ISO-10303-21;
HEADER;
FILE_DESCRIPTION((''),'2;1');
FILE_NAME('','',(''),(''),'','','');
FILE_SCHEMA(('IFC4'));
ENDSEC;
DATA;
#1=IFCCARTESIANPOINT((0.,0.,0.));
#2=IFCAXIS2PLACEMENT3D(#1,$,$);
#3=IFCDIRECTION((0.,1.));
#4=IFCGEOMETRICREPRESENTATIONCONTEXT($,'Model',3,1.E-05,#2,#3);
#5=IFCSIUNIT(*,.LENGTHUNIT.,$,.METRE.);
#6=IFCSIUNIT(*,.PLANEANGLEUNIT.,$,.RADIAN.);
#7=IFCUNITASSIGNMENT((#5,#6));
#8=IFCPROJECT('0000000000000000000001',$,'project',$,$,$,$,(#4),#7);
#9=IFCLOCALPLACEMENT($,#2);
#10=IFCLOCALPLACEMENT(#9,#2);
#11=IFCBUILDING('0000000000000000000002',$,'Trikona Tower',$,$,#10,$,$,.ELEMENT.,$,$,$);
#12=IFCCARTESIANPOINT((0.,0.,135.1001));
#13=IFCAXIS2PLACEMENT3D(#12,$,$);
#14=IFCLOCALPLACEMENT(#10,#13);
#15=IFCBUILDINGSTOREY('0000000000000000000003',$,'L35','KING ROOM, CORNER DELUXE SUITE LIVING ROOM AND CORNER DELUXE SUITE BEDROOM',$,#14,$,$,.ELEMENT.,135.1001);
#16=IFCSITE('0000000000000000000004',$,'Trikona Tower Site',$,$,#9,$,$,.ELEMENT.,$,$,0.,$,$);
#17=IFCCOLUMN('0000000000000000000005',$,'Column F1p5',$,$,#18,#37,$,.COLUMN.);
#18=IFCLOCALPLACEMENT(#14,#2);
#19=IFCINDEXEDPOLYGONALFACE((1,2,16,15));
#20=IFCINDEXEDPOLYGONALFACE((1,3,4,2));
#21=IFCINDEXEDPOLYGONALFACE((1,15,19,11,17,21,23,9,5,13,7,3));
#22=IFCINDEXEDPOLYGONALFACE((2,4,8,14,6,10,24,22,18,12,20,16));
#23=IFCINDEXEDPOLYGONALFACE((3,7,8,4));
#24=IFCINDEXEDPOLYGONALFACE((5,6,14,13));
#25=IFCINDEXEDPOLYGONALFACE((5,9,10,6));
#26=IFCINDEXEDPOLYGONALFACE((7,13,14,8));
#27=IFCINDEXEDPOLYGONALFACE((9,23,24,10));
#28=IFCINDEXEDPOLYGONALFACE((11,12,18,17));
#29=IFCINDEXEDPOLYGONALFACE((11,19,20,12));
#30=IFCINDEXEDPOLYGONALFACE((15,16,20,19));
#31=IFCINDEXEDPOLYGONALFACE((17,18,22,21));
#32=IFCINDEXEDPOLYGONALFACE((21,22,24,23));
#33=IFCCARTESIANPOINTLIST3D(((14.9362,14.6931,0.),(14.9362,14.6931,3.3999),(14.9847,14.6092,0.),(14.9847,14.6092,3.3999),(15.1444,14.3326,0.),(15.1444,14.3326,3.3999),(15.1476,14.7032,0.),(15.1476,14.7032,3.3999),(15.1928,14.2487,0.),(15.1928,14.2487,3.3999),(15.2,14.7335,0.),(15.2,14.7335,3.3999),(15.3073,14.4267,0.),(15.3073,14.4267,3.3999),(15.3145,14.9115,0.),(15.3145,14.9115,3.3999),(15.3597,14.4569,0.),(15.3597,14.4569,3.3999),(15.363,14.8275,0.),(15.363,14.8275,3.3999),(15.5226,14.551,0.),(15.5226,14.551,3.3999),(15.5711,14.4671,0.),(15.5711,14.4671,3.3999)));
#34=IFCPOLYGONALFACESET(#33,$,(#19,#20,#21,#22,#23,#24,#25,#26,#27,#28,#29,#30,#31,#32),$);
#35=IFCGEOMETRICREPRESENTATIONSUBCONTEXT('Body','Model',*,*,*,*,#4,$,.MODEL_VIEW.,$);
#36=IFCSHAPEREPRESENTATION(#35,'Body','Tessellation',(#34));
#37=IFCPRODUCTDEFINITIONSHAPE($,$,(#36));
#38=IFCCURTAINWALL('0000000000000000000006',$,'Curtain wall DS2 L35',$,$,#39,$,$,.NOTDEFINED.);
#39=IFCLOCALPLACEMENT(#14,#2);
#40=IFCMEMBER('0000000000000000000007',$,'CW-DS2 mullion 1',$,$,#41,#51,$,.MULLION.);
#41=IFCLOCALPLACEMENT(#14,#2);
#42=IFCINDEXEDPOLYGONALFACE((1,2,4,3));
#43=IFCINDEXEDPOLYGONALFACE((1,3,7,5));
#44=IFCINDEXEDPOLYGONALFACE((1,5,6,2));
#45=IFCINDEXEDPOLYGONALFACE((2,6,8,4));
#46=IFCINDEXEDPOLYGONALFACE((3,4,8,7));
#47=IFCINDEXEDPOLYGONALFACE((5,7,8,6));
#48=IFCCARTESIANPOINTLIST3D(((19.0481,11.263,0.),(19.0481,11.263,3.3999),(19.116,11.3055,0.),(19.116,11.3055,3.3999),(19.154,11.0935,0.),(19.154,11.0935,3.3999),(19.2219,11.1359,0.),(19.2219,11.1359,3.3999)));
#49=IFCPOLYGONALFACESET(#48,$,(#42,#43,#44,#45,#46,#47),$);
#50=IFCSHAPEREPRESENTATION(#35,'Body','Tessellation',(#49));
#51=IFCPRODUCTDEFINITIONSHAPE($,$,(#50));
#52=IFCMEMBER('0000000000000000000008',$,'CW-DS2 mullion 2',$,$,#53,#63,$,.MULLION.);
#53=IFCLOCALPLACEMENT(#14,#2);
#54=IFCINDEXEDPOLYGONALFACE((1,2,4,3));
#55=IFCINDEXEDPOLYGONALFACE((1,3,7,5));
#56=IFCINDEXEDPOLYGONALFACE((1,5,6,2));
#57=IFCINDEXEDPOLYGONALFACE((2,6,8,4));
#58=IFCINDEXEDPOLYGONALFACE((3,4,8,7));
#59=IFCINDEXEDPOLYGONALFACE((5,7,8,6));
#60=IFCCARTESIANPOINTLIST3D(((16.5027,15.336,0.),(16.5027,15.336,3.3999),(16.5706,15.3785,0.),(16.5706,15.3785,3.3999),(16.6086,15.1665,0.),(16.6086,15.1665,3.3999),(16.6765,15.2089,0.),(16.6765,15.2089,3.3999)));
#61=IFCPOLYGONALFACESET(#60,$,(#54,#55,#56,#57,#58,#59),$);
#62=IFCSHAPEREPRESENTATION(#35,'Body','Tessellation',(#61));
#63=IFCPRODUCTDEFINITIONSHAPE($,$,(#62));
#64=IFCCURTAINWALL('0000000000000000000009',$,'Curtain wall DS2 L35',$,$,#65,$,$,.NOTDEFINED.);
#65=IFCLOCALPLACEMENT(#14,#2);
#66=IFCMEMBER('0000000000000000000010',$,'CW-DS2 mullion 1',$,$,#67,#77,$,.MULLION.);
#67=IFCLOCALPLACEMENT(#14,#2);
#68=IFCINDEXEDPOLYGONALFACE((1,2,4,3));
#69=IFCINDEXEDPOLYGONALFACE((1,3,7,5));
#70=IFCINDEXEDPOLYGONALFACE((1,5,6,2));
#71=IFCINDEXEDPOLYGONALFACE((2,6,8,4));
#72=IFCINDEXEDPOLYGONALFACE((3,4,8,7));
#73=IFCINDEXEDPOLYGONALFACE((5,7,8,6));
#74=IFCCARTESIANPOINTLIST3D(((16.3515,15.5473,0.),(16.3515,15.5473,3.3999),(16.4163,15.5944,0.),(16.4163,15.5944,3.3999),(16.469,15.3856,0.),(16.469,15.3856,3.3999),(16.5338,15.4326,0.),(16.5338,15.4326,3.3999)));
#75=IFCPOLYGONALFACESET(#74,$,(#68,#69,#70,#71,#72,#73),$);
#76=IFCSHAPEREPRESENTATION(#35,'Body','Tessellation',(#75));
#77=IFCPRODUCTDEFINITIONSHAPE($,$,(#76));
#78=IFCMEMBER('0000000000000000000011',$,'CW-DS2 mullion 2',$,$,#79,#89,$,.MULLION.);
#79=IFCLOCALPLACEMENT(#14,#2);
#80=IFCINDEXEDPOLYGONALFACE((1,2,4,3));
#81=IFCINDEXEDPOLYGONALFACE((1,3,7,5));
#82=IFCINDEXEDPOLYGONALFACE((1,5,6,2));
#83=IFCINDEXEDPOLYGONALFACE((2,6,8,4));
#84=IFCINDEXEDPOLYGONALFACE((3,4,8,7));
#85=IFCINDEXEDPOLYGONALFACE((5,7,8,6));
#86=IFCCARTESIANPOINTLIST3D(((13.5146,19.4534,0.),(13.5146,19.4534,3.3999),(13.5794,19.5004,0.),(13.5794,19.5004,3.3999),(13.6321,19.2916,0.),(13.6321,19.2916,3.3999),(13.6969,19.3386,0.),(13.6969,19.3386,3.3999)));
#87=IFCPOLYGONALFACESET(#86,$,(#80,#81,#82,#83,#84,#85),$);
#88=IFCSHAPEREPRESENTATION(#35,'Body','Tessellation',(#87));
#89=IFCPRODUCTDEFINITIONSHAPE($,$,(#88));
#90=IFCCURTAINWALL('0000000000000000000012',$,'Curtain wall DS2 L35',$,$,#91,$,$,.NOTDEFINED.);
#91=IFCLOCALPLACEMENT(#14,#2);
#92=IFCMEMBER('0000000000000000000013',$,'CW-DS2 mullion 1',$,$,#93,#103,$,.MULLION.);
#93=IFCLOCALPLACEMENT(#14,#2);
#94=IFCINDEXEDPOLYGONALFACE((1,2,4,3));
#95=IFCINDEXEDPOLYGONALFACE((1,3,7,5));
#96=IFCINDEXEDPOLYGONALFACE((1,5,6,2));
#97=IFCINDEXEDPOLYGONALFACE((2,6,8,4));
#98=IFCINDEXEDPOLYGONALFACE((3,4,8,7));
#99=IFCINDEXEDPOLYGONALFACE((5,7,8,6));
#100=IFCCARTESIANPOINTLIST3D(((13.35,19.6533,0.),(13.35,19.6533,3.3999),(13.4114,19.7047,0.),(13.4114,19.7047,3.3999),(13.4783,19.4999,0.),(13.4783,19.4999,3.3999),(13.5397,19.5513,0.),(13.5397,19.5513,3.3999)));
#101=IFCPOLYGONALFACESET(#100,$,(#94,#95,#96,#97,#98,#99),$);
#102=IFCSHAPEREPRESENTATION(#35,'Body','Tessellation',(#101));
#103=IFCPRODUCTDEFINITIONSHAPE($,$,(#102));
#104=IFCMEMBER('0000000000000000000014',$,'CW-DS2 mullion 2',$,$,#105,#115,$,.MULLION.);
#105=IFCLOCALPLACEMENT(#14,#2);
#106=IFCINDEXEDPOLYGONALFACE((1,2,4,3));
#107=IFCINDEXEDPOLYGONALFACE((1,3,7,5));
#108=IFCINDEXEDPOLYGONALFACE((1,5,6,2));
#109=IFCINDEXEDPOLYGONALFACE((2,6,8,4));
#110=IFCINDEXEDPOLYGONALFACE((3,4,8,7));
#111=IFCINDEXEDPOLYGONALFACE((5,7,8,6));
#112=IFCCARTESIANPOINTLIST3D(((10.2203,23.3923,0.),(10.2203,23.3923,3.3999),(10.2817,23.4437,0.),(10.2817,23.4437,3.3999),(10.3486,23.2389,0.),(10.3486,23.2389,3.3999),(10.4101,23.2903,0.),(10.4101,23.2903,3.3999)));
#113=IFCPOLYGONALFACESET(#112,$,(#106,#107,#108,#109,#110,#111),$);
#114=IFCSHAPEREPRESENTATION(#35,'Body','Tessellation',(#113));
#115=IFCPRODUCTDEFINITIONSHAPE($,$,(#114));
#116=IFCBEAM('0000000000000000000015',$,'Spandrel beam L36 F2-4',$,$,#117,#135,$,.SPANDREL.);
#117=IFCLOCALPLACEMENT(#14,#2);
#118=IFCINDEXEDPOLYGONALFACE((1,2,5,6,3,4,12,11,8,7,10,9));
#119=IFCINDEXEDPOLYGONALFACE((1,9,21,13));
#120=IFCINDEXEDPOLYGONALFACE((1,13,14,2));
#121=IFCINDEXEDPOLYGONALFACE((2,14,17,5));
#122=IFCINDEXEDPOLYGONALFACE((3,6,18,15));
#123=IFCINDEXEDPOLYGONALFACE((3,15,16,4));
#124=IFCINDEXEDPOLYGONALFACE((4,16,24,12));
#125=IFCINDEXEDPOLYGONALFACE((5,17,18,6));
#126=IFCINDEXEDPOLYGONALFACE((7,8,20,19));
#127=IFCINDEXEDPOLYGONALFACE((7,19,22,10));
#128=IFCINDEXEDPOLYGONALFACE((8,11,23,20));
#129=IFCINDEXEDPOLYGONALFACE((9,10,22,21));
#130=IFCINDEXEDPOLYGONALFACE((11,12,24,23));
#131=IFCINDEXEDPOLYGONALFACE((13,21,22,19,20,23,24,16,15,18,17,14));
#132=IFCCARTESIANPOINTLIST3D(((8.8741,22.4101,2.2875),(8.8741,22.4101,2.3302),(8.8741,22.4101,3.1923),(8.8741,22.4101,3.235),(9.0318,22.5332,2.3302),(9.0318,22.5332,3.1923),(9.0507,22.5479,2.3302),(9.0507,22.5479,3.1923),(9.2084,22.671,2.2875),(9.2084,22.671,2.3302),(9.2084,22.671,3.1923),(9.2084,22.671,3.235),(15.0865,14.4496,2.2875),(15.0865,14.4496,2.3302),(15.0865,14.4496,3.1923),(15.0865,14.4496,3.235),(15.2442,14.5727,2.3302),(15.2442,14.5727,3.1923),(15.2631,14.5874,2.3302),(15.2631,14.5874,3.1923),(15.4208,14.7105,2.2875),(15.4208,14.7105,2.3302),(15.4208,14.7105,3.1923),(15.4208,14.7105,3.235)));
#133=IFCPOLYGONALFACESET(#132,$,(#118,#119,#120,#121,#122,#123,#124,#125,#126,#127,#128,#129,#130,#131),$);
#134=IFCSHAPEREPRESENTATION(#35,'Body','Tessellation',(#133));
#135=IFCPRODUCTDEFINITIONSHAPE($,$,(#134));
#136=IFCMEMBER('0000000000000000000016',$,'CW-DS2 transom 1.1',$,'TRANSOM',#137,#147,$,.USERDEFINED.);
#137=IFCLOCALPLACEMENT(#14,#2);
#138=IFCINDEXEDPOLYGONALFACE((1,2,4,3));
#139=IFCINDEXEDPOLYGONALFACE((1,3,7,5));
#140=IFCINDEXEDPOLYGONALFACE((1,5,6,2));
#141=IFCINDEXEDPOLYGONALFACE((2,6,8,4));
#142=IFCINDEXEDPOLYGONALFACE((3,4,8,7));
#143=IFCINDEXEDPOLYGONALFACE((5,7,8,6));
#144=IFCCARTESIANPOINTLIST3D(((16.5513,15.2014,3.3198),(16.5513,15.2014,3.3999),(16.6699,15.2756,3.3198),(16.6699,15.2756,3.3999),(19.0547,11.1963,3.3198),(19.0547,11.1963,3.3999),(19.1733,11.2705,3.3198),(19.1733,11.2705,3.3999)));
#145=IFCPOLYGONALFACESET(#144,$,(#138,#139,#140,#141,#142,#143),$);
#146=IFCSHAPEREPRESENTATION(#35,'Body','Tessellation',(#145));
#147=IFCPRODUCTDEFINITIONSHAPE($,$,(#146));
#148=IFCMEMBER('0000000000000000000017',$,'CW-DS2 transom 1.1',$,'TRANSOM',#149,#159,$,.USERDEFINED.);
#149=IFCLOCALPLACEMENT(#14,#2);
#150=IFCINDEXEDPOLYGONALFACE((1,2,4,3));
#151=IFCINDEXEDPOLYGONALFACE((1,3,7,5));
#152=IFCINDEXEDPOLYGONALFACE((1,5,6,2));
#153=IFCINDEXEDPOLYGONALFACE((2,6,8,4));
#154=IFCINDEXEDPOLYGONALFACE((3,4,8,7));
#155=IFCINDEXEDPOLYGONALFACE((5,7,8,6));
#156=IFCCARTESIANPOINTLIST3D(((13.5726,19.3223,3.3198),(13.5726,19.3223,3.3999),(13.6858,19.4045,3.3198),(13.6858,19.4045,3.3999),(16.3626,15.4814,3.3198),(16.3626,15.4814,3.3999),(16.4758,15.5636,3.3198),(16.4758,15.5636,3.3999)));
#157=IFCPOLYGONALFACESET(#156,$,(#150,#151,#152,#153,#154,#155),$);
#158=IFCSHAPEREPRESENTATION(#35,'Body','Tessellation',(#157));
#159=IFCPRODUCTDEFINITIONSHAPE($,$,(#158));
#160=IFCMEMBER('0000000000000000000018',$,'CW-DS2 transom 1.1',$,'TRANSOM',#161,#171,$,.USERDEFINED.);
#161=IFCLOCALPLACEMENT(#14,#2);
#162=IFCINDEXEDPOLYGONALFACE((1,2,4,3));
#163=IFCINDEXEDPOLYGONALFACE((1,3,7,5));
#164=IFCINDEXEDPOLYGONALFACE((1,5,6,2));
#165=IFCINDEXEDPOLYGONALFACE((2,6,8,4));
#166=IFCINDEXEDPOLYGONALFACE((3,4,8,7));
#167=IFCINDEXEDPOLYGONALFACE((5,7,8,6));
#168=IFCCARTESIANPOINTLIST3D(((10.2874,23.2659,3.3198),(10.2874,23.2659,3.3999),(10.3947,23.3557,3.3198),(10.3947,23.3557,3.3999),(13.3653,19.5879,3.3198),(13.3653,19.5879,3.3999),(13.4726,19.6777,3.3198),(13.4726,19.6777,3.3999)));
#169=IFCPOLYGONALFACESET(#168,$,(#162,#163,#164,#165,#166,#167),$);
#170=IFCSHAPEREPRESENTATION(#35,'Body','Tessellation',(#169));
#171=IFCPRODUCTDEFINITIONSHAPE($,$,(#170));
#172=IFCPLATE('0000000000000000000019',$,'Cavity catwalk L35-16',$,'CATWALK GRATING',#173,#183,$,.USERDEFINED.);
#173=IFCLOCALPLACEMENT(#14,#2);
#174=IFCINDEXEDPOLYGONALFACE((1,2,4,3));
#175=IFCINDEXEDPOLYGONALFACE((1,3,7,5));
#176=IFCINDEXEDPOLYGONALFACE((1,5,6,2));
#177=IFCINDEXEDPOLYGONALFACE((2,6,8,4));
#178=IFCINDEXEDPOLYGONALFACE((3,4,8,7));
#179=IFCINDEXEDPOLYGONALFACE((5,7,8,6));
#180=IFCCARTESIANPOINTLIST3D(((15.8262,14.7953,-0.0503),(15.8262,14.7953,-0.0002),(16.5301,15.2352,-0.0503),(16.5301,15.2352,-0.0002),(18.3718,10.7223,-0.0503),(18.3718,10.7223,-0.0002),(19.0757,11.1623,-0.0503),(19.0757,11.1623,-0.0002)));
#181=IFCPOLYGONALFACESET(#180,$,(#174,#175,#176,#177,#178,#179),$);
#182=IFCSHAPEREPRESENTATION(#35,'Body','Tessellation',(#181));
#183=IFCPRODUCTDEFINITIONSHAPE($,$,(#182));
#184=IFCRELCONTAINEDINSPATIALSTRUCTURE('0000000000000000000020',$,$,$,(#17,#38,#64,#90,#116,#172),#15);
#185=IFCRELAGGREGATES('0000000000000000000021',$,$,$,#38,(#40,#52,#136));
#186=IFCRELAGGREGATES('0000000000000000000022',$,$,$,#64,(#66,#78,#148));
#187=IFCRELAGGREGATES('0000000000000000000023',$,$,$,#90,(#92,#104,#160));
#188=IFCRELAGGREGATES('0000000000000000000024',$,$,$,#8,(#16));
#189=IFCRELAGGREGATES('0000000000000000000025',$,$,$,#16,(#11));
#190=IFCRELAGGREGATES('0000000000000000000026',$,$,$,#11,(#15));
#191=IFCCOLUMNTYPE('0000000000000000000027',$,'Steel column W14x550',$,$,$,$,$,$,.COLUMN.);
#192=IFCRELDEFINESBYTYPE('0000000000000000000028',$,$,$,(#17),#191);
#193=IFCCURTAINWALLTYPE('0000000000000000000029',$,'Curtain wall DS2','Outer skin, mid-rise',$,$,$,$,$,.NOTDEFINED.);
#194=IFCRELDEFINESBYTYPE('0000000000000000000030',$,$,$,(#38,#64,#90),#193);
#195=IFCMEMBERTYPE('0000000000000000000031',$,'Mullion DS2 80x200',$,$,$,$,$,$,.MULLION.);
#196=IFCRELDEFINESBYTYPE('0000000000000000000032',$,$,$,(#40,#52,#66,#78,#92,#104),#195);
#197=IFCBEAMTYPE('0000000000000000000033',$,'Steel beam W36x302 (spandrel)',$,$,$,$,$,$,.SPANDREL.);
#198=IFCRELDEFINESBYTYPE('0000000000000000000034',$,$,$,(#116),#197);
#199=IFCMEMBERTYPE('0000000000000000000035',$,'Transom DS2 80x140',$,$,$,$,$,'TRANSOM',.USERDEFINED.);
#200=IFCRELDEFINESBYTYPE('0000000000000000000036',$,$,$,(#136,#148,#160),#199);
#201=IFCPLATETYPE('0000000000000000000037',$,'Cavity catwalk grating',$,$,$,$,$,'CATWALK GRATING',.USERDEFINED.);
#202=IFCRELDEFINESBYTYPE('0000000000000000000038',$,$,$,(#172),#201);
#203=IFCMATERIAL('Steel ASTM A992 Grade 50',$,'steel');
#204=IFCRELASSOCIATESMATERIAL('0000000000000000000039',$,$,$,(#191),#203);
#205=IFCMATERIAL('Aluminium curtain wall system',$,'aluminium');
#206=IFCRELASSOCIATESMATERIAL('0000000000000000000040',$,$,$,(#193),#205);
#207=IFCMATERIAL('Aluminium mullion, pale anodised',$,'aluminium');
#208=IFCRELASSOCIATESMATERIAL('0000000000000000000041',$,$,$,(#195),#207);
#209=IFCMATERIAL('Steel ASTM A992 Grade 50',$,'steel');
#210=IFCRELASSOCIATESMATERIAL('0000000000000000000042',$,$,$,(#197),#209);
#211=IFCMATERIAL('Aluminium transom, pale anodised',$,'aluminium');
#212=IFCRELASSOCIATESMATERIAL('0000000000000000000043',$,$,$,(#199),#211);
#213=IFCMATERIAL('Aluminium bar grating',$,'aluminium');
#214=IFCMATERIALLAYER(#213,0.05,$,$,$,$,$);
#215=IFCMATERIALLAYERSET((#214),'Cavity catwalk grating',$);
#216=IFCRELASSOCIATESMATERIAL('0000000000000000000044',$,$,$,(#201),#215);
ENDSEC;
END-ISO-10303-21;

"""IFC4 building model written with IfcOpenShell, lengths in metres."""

from ifc_helpers import new_model, si_unit, direction, frame, origin, origin_2d, place, context, subcontext, project, spatial, rectangle, i_section, extrude, material, layer, layer_set, material_profile, profile_set, type_object, element, aggregate, save


model = new_model("IFC4")

# Units and contexts
model_context = context("Model", 3, precision=1e-05, world=origin(), true_north=direction((0.0, 1.0)))
body_context = subcontext(model_context, "Body", "Model", "MODEL_VIEW")
ifc_project = project(units=[si_unit("LENGTHUNIT", "METRE"), si_unit("PLANEANGLEUNIT", "RADIAN")], contexts=[model_context])

# Site, building, storey
site_placement = place(None, origin())
site = spatial("IfcSite", under=ifc_project, at=site_placement, Name="Trikona Tower Site", CompositionType="ELEMENT", RefElevation=0.0)
building_placement = place(site_placement, origin())
building = spatial("IfcBuilding", under=site, at=building_placement, Name="Trikona Tower", CompositionType="ELEMENT")
storey_placement = place(building_placement, frame((0.0, 0.0, 135.1001)))
storey = spatial("IfcBuildingStorey", under=building, at=storey_placement, Name="L35", Description="KING ROOM, CORNER DELUXE SUITE LIVING ROOM AND CORNER DELUXE SUITE BEDROOM", CompositionType="ELEMENT", Elevation=135.1001)

# Column
ifc_material_1 = material(Name="Steel ASTM A992 Grade 50", Category="steel")
ifc_material_profile_1 = material_profile(ifc_material_1, i_section(OverallWidth=0.4368, OverallDepth=0.5132, WebThickness=0.0605, FlangeThickness=0.0969, at=origin_2d()), Name="W14X550")
ifc_profile_set_1 = profile_set([ifc_material_profile_1], Name="Steel ASTM A992 Grade 50")
column_type = type_object("IfcColumnType", Name="Steel column W14x550", PredefinedType="COLUMN", material=ifc_profile_set_1)
column_placement = place(storey_placement, frame((15.2537, 14.5801, 0.0), z_axis=(0.0, 0.0, 1.0), x_axis=(0.866025, 0.5, 0.0)))
element("IfcColumn", 1, at=column_placement, inside=storey, type_object=column_type, Name="Column F1p5", PredefinedType="COLUMN", context=body_context, shape_type="SweptSolid", body=[
    extrude(i_section(OverallWidth=0.4368, OverallDepth=0.5132, WebThickness=0.0605, FlangeThickness=0.0969, at=origin_2d()), origin(), (0.0, 0.0, 1.0), 3.3999),
])

# Curtain walls, members
ifc_material_2 = material(Name="Aluminium curtain wall system", Category="aluminium")
curtain_wall_type = type_object("IfcCurtainWallType", Name="Curtain wall DS2", Description="Outer skin, mid-rise", PredefinedType="NOTDEFINED", material=ifc_material_2)
curtain_wall_1_placement = place(storey_placement, origin())
curtain_wall_1 = element("IfcCurtainWall", 2, at=curtain_wall_1_placement, inside=storey, type_object=curtain_wall_type, Name="Curtain wall DS2 L35", PredefinedType="NOTDEFINED")
ifc_material_3 = material(Name="Aluminium mullion, pale anodised", Category="aluminium")
ifc_material_profile_2 = material_profile(ifc_material_3, rectangle(XDim=0.0801, YDim=0.2, at=origin_2d()), Name="MUL-DS2")
ifc_profile_set_2 = profile_set([ifc_material_profile_2], Name="Aluminium mullion, pale anodised")
member_type_1 = type_object("IfcMemberType", Name="Mullion DS2 80x200", PredefinedType="MULLION", material=ifc_profile_set_2)
member_1_placement = place(storey_placement, frame((19.135, 11.1995, 0.0), z_axis=(0.0, 0.0, 1.0), x_axis=(-0.847998, -0.529999, 0.0)))
member_1 = element("IfcMember", 3, at=member_1_placement, type_object=member_type_1, Name="CW-DS2 mullion 1", PredefinedType="MULLION", context=body_context, shape_type="SweptSolid", body=[
    extrude(rectangle(XDim=0.0801, YDim=0.2, at=origin_2d()), origin(), (0.0, 0.0, 1.0), 3.3999),
])
member_2_placement = place(storey_placement, frame((16.5896, 15.2725, 0.0), z_axis=(0.0, 0.0, 1.0), x_axis=(-0.847998, -0.529999, 0.0)))
member_2 = element("IfcMember", 4, at=member_2_placement, type_object=member_type_1, Name="CW-DS2 mullion 2", PredefinedType="MULLION", context=body_context, shape_type="SweptSolid", body=[
    extrude(rectangle(XDim=0.0801, YDim=0.2, at=origin_2d()), origin(), (0.0, 0.0, 1.0), 3.3999),
])
curtain_wall_2_placement = place(storey_placement, origin())
curtain_wall_2 = element("IfcCurtainWall", 5, at=curtain_wall_2_placement, inside=storey, type_object=curtain_wall_type, Name="Curtain wall DS2 L35", PredefinedType="NOTDEFINED")
member_3_placement = place(storey_placement, frame((16.4426, 15.49, 0.0), z_axis=(0.0, 0.0, 1.0), x_axis=(-0.809086, -0.587691, 0.0)))
member_3 = element("IfcMember", 6, at=member_3_placement, type_object=member_type_1, Name="CW-DS2 mullion 1", PredefinedType="MULLION", context=body_context, shape_type="SweptSolid", body=[
    extrude(rectangle(XDim=0.0801, YDim=0.2, at=origin_2d()), origin(), (0.0, 0.0, 1.0), 3.3999),
])
member_4_placement = place(storey_placement, frame((13.6057, 19.396, 0.0), z_axis=(0.0, 0.0, 1.0), x_axis=(-0.809086, -0.587691, 0.0)))
member_4 = element("IfcMember", 7, at=member_4_placement, type_object=member_type_1, Name="CW-DS2 mullion 2", PredefinedType="MULLION", context=body_context, shape_type="SweptSolid", body=[
    extrude(rectangle(XDim=0.0801, YDim=0.2, at=origin_2d()), origin(), (0.0, 0.0, 1.0), 3.3999),
])
curtain_wall_3_placement = place(storey_placement, origin())
curtain_wall_3 = element("IfcCurtainWall", 8, at=curtain_wall_3_placement, inside=storey, type_object=curtain_wall_type, Name="Curtain wall DS2 L35", PredefinedType="NOTDEFINED")
member_5_placement = place(storey_placement, frame((13.4448, 19.6023, 0.0), z_axis=(0.0, 0.0, 1.0), x_axis=(-0.766867, -0.641806, 0.0)))
member_5 = element("IfcMember", 9, at=member_5_placement, type_object=member_type_1, Name="CW-DS2 mullion 1", PredefinedType="MULLION", context=body_context, shape_type="SweptSolid", body=[
    extrude(rectangle(XDim=0.0801, YDim=0.2, at=origin_2d()), origin(), (0.0, 0.0, 1.0), 3.3999),
])
member_6_placement = place(storey_placement, frame((10.3152, 23.3413, 0.0), z_axis=(0.0, 0.0, 1.0), x_axis=(-0.766867, -0.641806, 0.0)))
member_6 = element("IfcMember", 10, at=member_6_placement, type_object=member_type_1, Name="CW-DS2 mullion 2", PredefinedType="MULLION", context=body_context, shape_type="SweptSolid", body=[
    extrude(rectangle(XDim=0.0801, YDim=0.2, at=origin_2d()), origin(), (0.0, 0.0, 1.0), 3.3999),
])

# Beam
ifc_material_4 = material(Name="Steel ASTM A992 Grade 50", Category="steel")
ifc_material_profile_3 = material_profile(ifc_material_4, i_section(OverallWidth=0.4241, OverallDepth=0.9475, WebThickness=0.0239, FlangeThickness=0.0427, at=origin_2d()), Name="W36X302")
ifc_profile_set_3 = profile_set([ifc_material_profile_3], Name="Steel ASTM A992 Grade 50")
beam_type = type_object("IfcBeamType", Name="Steel beam W36x302 (spandrel)", PredefinedType="SPANDREL", material=ifc_profile_set_3)
beam_placement = place(storey_placement, frame((15.2537, 14.5801, 2.7612), z_axis=(-0.615232, 0.788346, 0.0), x_axis=(-0.788346, -0.615232, 0.0)))
element("IfcBeam", 11, at=beam_placement, inside=storey, type_object=beam_type, Name="Spandrel beam L36 F2-4", PredefinedType="SPANDREL", context=body_context, shape_type="SweptSolid", body=[
    extrude(i_section(OverallWidth=0.4241, OverallDepth=0.9475, WebThickness=0.0239, FlangeThickness=0.0427, at=origin_2d()), origin(), (0.0, 0.0, 1.0), 10.0977),
])

# Members
ifc_material_5 = material(Name="Aluminium transom, pale anodised", Category="aluminium")
ifc_material_profile_4 = material_profile(ifc_material_5, rectangle(XDim=0.1399, YDim=0.0801, at=origin_2d()), Name="TRN-DS2")
ifc_profile_set_4 = profile_set([ifc_material_profile_4], Name="Aluminium transom, pale anodised")
member_type_2 = type_object("IfcMemberType", Name="Transom DS2 80x140", ElementType="TRANSOM", PredefinedType="USERDEFINED", material=ifc_profile_set_4)
member_7_placement = place(storey_placement, frame((19.114, 11.2334, 3.3599), z_axis=(-0.530031, 0.847978, 0.0), x_axis=(-0.847978, -0.530031, 0.0)))
member_7 = element("IfcMember", 12, at=member_7_placement, type_object=member_type_2, Name="CW-DS2 transom 1.1", ObjectType="TRANSOM", PredefinedType="USERDEFINED", context=body_context, shape_type="SweptSolid", body=[
    extrude(rectangle(XDim=0.1399, YDim=0.0801, at=origin_2d()), origin(), (0.0, 0.0, 1.0), 4.7231),
])
member_8_placement = place(storey_placement, frame((16.4192, 15.5225, 3.3599), z_axis=(-0.587695, 0.809083, 0.0), x_axis=(-0.809083, -0.587695, 0.0)))
member_8 = element("IfcMember", 13, at=member_8_placement, type_object=member_type_2, Name="CW-DS2 transom 1.1", ObjectType="TRANSOM", PredefinedType="USERDEFINED", context=body_context, shape_type="SweptSolid", body=[
    extrude(rectangle(XDim=0.1399, YDim=0.0801, at=origin_2d()), origin(), (0.0, 0.0, 1.0), 4.7473),
])
member_9_placement = place(storey_placement, frame((13.4189, 19.6328, 3.3599), z_axis=(-0.64177, 0.766897, 0.0), x_axis=(-0.766897, -0.64177, 0.0)))
member_9 = element("IfcMember", 14, at=member_9_placement, type_object=member_type_2, Name="CW-DS2 transom 1.1", ObjectType="TRANSOM", PredefinedType="USERDEFINED", context=body_context, shape_type="SweptSolid", body=[
    extrude(rectangle(XDim=0.1399, YDim=0.0801, at=origin_2d()), origin(), (0.0, 0.0, 1.0), 4.7959),
])

# Plate
ifc_material_6 = material(Name="Aluminium bar grating", Category="aluminium")
ifc_layer_1 = layer(ifc_material_6, 0.05)
ifc_layer_set_1 = layer_set([ifc_layer_1], Name="Cavity catwalk grating")
plate_type_1 = type_object("IfcPlateType", Name="Cavity catwalk grating", ElementType="CATWALK GRATING", PredefinedType="USERDEFINED", material=ifc_layer_set_1)
plate_1_placement = place(storey_placement, frame((17.4509, 12.9788, -0.0503), z_axis=(0.0, 0.0, 1.0), x_axis=(-0.529995, 0.848001, 0.0)))
element("IfcPlate", 15, at=plate_1_placement, inside=storey, type_object=plate_type_1, Name="Cavity catwalk L35-16", ObjectType="CATWALK GRATING", PredefinedType="USERDEFINED", context=body_context, shape_type="SweptSolid", body=[
    extrude(rectangle(XDim=4.803, YDim=0.8301, at=origin_2d()), origin(), (0.0, 0.0, 1.0), 0.05),
])

aggregate(curtain_wall_1, [member_1, member_2, member_7])
aggregate(curtain_wall_2, [member_3, member_4, member_8])
aggregate(curtain_wall_3, [member_5, member_6, member_9])

save(model, "model.ifc")
